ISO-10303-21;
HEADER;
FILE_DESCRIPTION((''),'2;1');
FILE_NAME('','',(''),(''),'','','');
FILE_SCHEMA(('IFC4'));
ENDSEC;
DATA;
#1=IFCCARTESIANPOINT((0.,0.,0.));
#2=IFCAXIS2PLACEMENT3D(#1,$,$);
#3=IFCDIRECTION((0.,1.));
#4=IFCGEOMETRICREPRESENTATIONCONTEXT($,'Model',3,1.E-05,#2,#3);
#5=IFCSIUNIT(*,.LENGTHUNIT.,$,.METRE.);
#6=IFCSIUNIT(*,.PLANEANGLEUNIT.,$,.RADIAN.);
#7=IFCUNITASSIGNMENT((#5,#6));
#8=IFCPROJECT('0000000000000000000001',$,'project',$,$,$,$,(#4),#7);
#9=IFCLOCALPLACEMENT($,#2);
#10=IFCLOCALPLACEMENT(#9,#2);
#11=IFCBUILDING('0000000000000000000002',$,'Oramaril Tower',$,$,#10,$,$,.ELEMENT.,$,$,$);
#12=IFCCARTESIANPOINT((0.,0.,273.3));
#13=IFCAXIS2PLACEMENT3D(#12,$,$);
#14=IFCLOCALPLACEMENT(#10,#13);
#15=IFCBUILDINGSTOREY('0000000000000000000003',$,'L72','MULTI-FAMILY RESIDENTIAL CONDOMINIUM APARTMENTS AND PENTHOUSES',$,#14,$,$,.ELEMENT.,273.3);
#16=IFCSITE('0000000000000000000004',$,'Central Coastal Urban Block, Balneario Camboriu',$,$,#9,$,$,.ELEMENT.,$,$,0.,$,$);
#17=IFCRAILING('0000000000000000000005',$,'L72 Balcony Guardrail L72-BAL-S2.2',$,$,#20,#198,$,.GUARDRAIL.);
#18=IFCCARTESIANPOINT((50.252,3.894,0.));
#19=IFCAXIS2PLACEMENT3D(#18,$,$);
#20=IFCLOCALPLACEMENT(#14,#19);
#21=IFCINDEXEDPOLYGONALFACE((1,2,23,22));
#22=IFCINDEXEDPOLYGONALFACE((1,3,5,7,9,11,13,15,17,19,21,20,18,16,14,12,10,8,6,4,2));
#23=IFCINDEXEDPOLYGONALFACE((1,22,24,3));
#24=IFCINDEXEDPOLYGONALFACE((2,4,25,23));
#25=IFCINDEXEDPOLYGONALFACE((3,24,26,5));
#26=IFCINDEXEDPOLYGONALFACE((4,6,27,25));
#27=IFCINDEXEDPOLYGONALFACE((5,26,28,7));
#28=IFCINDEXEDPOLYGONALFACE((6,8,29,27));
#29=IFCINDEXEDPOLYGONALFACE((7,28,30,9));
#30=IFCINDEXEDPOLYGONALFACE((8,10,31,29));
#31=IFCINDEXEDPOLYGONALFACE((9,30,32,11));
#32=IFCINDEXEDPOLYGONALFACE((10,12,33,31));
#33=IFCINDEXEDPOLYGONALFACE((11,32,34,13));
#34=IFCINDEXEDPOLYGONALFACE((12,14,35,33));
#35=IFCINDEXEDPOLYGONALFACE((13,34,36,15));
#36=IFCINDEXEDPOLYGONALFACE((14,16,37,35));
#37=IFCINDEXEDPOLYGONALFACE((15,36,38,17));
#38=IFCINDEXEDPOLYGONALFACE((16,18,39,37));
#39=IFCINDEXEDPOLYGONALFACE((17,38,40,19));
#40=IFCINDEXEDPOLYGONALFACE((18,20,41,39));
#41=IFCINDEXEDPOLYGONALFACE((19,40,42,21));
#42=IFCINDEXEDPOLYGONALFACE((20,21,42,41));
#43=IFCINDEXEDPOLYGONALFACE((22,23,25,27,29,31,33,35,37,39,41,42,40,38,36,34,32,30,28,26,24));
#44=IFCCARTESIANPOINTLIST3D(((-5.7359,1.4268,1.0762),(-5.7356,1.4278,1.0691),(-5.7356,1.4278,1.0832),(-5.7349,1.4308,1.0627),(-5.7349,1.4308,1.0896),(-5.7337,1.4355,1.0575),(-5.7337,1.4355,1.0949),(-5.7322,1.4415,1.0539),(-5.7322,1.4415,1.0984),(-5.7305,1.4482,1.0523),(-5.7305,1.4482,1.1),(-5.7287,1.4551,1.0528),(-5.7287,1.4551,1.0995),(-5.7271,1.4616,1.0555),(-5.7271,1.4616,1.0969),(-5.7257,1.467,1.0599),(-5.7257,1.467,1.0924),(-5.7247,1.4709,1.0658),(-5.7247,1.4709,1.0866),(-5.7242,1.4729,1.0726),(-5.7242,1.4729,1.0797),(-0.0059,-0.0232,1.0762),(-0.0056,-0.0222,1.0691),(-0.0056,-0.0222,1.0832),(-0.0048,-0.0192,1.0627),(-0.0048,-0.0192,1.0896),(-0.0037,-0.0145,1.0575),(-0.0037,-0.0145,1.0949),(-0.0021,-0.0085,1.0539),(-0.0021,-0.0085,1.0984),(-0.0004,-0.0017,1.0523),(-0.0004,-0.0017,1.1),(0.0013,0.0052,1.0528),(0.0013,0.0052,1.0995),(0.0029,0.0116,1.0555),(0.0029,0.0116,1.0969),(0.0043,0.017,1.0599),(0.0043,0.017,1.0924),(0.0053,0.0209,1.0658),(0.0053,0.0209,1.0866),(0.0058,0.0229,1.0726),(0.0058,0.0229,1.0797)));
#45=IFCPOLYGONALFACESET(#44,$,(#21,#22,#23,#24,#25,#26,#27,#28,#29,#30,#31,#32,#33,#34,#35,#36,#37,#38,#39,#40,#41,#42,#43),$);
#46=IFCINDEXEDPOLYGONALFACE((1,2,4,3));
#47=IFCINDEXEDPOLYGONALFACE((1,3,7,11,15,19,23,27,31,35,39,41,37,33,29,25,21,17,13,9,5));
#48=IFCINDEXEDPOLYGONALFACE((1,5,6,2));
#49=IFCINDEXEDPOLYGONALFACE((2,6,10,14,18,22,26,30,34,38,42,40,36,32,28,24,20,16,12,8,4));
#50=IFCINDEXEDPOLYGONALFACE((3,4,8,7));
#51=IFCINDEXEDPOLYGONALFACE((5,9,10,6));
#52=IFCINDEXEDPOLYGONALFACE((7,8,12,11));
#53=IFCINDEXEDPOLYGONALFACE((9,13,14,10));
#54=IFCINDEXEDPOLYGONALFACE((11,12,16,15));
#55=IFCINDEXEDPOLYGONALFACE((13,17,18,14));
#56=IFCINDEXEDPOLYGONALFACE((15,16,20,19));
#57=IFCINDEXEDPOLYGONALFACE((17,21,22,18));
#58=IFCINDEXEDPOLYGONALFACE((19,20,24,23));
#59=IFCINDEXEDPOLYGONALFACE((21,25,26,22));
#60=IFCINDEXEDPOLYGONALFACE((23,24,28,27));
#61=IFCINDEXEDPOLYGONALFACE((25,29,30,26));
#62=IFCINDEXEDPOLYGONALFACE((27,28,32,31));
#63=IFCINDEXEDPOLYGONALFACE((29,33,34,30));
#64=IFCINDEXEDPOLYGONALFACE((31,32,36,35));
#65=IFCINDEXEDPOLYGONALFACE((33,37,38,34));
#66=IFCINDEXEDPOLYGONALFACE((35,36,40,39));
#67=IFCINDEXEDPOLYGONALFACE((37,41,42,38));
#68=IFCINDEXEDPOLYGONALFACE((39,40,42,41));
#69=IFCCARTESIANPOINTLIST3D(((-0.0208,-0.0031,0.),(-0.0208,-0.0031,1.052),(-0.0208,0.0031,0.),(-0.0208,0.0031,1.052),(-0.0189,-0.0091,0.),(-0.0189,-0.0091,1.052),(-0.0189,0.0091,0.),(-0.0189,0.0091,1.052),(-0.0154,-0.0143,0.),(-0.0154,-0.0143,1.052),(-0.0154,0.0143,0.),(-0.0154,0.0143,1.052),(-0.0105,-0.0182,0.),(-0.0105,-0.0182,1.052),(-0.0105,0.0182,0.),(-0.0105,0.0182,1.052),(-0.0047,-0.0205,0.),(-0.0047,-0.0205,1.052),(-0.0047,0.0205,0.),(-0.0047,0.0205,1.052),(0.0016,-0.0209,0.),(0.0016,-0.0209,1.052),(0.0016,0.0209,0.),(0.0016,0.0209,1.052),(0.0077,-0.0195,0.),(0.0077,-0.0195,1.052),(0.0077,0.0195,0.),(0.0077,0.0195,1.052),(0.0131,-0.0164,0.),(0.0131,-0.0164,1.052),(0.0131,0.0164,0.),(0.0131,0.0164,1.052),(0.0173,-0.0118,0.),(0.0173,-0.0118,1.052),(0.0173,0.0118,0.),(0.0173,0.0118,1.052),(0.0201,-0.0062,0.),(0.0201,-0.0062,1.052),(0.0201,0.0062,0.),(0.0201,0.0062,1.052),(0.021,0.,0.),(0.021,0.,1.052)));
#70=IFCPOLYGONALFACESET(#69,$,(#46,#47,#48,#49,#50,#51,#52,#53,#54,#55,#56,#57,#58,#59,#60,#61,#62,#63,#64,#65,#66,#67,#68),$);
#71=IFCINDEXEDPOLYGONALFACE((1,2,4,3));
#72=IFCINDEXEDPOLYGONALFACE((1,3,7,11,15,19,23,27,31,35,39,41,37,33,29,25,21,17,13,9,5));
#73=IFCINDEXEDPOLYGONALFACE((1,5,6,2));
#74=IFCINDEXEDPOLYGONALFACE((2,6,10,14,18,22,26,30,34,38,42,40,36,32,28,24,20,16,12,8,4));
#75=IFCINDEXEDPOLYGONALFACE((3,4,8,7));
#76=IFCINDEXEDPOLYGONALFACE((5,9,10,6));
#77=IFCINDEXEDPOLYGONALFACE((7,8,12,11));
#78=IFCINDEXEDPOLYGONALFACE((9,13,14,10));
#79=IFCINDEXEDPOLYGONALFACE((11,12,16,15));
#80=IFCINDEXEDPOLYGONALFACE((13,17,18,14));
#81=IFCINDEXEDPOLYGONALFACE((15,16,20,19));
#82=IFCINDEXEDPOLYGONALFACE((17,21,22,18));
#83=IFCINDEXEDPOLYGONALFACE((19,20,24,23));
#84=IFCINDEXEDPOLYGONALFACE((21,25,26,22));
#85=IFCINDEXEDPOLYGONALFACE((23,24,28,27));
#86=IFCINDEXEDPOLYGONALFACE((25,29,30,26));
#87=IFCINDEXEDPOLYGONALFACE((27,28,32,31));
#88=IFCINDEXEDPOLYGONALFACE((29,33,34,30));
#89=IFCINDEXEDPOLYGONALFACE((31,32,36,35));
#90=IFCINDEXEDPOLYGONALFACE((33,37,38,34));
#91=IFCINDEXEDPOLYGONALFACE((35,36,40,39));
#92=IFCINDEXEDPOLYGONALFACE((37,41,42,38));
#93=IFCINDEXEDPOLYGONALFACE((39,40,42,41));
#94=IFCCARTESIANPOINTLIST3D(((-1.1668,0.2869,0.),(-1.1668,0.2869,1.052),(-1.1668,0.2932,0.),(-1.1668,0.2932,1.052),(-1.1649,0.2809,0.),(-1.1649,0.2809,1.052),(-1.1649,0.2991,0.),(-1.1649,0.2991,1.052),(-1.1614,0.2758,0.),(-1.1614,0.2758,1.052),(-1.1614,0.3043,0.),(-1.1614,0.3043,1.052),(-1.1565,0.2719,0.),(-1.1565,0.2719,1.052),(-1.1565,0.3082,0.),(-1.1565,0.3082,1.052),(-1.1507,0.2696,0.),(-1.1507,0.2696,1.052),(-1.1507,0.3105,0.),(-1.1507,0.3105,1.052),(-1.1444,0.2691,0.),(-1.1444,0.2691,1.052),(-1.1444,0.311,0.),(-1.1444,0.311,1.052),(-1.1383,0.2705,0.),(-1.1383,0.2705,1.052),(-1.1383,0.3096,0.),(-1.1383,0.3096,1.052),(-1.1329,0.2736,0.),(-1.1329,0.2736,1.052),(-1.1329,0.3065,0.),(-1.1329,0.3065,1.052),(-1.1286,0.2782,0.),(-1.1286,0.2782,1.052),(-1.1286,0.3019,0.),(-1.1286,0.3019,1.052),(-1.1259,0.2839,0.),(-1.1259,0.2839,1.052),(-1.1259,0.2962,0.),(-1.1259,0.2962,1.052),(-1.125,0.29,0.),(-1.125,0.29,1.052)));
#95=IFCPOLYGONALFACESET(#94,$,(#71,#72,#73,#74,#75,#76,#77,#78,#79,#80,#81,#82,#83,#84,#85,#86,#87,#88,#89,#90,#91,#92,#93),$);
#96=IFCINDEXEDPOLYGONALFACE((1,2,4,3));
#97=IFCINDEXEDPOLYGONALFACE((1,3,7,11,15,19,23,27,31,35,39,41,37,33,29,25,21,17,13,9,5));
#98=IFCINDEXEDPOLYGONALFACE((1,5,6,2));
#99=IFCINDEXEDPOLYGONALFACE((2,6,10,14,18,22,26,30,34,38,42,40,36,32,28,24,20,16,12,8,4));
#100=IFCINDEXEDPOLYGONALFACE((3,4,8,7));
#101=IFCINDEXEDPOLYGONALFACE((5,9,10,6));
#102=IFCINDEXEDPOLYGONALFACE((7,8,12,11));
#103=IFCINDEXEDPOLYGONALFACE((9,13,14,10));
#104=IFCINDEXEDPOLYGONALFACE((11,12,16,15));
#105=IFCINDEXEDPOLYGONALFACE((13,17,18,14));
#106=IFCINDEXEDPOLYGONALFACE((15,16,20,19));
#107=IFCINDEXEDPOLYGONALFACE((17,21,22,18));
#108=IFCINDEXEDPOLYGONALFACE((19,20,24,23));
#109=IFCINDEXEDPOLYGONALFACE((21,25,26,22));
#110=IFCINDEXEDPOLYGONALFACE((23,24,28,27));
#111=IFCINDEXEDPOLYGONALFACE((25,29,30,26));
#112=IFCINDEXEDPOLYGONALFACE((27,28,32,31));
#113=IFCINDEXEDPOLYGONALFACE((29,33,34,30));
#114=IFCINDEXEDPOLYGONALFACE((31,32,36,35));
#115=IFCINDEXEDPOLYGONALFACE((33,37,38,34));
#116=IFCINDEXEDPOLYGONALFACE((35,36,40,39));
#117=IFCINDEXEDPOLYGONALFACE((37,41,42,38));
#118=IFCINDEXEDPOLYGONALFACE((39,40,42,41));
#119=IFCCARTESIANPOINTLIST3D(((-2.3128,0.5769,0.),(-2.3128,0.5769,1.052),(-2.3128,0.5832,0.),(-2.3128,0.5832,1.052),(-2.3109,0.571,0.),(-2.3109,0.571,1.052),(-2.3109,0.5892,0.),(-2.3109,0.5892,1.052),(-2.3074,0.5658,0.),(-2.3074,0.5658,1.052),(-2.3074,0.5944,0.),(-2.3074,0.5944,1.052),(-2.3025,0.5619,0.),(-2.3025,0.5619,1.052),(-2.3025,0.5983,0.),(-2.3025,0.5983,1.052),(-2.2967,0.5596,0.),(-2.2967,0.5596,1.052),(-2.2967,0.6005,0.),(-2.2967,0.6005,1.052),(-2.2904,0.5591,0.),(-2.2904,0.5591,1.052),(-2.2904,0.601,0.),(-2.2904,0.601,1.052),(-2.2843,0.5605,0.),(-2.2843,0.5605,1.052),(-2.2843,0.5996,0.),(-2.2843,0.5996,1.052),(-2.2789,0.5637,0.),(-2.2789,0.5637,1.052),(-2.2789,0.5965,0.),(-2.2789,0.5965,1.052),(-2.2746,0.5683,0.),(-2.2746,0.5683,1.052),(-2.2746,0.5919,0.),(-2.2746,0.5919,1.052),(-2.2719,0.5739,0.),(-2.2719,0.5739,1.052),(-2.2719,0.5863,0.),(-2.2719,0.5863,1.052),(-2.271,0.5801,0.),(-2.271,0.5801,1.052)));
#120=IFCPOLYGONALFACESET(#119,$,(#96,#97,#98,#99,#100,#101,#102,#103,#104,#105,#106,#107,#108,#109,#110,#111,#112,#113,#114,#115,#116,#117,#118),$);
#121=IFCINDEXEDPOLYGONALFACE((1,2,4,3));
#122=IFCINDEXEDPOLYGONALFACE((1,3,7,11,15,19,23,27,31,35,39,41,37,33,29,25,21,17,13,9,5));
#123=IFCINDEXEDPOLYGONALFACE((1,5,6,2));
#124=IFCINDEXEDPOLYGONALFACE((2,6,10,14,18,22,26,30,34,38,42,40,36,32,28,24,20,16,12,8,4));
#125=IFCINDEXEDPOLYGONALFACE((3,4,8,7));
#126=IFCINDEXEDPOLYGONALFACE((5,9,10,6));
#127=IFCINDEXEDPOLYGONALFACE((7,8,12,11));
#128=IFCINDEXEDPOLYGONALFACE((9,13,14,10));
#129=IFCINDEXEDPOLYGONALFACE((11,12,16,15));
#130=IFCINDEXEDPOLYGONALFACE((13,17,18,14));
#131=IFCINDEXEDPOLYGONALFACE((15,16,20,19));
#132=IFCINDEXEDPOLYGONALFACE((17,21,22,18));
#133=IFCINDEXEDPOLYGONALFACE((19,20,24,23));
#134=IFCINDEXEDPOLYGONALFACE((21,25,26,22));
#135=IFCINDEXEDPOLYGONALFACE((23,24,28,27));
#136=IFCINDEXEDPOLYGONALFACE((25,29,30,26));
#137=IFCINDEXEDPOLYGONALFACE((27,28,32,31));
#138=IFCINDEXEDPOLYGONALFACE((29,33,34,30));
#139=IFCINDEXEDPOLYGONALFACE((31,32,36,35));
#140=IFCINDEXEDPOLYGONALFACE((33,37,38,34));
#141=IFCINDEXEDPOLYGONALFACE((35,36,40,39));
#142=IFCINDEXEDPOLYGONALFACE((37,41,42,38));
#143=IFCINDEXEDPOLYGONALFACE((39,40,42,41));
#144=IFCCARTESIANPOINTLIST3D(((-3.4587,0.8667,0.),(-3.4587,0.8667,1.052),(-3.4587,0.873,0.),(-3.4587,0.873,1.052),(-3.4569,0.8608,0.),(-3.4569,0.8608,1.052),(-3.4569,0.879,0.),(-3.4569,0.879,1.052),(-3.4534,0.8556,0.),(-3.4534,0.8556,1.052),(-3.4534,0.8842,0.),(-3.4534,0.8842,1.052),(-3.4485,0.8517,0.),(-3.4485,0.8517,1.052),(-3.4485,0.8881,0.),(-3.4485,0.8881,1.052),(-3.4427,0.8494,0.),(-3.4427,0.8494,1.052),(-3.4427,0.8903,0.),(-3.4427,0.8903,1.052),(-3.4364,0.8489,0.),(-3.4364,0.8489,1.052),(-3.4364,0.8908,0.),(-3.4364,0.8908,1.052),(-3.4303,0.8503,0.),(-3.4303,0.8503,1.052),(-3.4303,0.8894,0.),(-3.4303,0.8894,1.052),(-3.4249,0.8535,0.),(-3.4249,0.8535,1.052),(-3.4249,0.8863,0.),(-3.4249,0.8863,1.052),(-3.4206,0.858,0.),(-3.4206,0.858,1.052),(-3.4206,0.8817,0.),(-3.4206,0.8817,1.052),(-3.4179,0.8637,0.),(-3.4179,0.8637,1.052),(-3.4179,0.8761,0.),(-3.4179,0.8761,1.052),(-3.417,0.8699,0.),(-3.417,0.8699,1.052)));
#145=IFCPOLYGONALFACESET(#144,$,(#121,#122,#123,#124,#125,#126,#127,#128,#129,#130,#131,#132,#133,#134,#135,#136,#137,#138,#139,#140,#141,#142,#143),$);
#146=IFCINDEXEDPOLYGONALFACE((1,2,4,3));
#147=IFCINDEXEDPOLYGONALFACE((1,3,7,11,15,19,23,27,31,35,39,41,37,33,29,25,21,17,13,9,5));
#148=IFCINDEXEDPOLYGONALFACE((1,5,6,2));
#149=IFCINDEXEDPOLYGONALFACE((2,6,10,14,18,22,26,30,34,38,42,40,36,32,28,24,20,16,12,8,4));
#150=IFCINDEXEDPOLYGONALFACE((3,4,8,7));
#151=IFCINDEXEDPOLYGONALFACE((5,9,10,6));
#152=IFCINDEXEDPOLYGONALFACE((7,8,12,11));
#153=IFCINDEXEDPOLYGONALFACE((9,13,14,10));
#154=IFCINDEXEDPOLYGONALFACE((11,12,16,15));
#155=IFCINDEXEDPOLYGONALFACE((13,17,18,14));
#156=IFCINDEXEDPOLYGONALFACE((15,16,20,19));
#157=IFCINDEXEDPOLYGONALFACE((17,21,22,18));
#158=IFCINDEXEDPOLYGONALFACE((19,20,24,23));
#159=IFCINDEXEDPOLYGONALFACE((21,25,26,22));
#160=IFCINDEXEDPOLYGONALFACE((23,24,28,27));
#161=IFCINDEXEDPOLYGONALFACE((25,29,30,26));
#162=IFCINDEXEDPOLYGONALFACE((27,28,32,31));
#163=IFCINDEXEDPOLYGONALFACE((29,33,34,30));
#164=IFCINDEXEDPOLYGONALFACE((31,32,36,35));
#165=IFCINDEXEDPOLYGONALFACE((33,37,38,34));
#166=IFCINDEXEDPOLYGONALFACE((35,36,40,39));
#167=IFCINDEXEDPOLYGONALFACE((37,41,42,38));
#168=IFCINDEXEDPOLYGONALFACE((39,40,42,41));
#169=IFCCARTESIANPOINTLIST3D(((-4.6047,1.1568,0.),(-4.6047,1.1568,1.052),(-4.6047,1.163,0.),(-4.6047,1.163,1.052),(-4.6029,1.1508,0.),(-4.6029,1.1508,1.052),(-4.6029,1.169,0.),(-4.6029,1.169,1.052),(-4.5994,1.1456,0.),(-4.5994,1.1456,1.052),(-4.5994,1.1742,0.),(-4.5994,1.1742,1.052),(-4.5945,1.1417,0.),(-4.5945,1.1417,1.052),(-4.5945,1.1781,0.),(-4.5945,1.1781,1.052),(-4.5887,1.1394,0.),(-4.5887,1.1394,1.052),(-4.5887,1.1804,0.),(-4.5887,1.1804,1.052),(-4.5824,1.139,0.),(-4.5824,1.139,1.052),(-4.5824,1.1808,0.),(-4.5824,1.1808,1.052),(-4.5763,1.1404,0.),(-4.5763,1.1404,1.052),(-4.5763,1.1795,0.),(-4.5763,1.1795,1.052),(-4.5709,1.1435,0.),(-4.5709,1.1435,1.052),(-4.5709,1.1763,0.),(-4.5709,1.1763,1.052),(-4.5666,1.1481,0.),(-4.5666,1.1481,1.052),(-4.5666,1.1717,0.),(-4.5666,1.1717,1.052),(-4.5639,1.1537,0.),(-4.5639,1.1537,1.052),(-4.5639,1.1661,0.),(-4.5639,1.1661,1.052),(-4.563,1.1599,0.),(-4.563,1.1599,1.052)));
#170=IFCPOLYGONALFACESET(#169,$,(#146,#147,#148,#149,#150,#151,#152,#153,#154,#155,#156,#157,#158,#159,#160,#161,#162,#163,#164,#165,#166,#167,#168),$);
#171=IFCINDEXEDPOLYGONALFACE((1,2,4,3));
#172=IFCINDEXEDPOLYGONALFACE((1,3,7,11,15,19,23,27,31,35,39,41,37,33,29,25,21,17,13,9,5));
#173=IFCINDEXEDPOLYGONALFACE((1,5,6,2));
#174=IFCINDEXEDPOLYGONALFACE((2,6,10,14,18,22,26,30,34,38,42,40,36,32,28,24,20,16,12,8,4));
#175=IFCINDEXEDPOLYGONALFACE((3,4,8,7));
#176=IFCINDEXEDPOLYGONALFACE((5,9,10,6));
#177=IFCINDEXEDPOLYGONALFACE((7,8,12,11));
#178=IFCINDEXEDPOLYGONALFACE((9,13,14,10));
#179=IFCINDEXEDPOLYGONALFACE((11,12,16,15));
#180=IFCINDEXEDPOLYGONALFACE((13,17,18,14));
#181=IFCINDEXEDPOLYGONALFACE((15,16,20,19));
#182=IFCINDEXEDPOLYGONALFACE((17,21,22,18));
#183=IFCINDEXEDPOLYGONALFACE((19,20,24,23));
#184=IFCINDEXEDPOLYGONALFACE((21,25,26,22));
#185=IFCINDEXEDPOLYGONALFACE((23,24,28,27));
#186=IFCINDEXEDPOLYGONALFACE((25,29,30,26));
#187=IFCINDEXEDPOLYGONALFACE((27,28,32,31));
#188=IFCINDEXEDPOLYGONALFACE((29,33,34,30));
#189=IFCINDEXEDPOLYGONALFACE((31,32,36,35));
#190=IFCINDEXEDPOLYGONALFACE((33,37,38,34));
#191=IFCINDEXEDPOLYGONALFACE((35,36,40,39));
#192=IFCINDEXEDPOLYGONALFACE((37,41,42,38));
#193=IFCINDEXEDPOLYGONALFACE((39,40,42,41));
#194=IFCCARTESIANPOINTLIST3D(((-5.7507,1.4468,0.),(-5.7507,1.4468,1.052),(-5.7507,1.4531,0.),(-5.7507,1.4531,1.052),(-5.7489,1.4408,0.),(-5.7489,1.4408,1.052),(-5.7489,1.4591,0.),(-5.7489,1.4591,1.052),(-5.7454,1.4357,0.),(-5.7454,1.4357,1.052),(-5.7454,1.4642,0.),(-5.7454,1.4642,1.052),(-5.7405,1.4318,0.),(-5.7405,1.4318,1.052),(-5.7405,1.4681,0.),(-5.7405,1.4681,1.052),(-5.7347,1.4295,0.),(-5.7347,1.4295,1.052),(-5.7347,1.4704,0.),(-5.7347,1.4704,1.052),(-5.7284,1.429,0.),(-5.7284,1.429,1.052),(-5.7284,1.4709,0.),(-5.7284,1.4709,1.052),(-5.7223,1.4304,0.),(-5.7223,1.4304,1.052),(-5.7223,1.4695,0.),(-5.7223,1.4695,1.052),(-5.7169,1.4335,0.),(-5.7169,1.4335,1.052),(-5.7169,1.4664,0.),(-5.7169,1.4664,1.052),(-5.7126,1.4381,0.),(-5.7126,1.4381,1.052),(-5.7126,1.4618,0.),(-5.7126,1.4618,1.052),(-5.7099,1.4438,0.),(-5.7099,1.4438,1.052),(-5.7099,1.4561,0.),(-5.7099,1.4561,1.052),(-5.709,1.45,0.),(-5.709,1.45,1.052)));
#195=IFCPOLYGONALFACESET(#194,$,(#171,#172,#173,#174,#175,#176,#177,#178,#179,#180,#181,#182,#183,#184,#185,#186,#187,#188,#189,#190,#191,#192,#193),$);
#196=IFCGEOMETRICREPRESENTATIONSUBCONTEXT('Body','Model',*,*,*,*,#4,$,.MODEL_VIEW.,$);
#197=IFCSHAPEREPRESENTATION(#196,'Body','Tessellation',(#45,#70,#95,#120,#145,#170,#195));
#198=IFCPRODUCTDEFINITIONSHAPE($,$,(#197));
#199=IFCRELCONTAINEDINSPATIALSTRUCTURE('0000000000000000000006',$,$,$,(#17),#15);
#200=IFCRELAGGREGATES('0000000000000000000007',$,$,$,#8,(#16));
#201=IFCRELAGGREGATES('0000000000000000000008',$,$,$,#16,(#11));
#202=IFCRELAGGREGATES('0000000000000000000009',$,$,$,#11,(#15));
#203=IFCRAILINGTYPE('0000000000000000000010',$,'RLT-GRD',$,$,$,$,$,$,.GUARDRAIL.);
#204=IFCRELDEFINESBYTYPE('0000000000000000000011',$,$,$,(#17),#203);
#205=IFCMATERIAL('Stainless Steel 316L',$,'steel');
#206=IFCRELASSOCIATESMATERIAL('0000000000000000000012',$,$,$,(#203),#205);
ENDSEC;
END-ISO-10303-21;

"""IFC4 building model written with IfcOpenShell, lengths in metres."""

from ifc_helpers import new_model, si_unit, direction, frame, origin, origin_2d, place, context, subcontext, project, spatial, circle, extrude, material, type_object, element, save


model = new_model("IFC4")

# Units and contexts
model_context = context("Model", 3, precision=1e-05, world=origin(), true_north=direction((0.0, 1.0)))
body_context = subcontext(model_context, "Body", "Model", "MODEL_VIEW")
ifc_project = project(units=[si_unit("LENGTHUNIT", "METRE"), si_unit("PLANEANGLEUNIT", "RADIAN")], contexts=[model_context])

# Site, building, storey
site_placement = place(None, origin())
site = spatial("IfcSite", under=ifc_project, at=site_placement, Name="Central Coastal Urban Block, Balneario Camboriu", CompositionType="ELEMENT", RefElevation=0.0)
building_placement = place(site_placement, origin())
building = spatial("IfcBuilding", under=site, at=building_placement, Name="Oramaril Tower", CompositionType="ELEMENT")
storey_placement = place(building_placement, frame((0.0, 0.0, 273.3)))
storey = spatial("IfcBuildingStorey", under=building, at=storey_placement, Name="L72", Description="MULTI-FAMILY RESIDENTIAL CONDOMINIUM APARTMENTS AND PENTHOUSES", CompositionType="ELEMENT", Elevation=273.3)

# Railing
ifc_material_1 = material(Name="Stainless Steel 316L", Category="steel")
railing_type = type_object("IfcRailingType", Name="RLT-GRD", PredefinedType="GUARDRAIL", material=ifc_material_1)
railing_1_placement = place(storey_placement, frame((50.252, 3.894, 0.0)))
element("IfcRailing", 1, at=railing_1_placement, inside=storey, type_object=railing_type, Name="L72 Balcony Guardrail L72-BAL-S2.2", PredefinedType="GUARDRAIL", context=body_context, shape_type="SweptSolid", body=[
    extrude(circle(Radius=0.0239, at=origin_2d()), frame((0.0, 0.0, 1.0762), z_axis=(-0.969444, 0.245314, 0.0), x_axis=(-0.245314, -0.969444, 0.0)), (0.0, 0.0, 1.0), 5.9106),
    extrude(circle(Radius=0.021, at=origin_2d()), origin(), (0.0, 0.0, 1.0), 1.052),
    extrude(circle(Radius=0.021, at=origin_2d()), frame((-1.146, 0.29, 0.0)), (0.0, 0.0, 1.0), 1.052),
    extrude(circle(Radius=0.021, at=origin_2d()), frame((-2.292, 0.5801, 0.0)), (0.0, 0.0, 1.0), 1.052),
    extrude(circle(Radius=0.021, at=origin_2d()), frame((-3.438, 0.8699, 0.0)), (0.0, 0.0, 1.0), 1.052),
    extrude(circle(Radius=0.021, at=origin_2d()), frame((-4.584, 1.1599, 0.0)), (0.0, 0.0, 1.0), 1.052),
    extrude(circle(Radius=0.021, at=origin_2d()), frame((-5.73, 1.45, 0.0)), (0.0, 0.0, 1.0), 1.052),
])

save(model, "model.ifc")
